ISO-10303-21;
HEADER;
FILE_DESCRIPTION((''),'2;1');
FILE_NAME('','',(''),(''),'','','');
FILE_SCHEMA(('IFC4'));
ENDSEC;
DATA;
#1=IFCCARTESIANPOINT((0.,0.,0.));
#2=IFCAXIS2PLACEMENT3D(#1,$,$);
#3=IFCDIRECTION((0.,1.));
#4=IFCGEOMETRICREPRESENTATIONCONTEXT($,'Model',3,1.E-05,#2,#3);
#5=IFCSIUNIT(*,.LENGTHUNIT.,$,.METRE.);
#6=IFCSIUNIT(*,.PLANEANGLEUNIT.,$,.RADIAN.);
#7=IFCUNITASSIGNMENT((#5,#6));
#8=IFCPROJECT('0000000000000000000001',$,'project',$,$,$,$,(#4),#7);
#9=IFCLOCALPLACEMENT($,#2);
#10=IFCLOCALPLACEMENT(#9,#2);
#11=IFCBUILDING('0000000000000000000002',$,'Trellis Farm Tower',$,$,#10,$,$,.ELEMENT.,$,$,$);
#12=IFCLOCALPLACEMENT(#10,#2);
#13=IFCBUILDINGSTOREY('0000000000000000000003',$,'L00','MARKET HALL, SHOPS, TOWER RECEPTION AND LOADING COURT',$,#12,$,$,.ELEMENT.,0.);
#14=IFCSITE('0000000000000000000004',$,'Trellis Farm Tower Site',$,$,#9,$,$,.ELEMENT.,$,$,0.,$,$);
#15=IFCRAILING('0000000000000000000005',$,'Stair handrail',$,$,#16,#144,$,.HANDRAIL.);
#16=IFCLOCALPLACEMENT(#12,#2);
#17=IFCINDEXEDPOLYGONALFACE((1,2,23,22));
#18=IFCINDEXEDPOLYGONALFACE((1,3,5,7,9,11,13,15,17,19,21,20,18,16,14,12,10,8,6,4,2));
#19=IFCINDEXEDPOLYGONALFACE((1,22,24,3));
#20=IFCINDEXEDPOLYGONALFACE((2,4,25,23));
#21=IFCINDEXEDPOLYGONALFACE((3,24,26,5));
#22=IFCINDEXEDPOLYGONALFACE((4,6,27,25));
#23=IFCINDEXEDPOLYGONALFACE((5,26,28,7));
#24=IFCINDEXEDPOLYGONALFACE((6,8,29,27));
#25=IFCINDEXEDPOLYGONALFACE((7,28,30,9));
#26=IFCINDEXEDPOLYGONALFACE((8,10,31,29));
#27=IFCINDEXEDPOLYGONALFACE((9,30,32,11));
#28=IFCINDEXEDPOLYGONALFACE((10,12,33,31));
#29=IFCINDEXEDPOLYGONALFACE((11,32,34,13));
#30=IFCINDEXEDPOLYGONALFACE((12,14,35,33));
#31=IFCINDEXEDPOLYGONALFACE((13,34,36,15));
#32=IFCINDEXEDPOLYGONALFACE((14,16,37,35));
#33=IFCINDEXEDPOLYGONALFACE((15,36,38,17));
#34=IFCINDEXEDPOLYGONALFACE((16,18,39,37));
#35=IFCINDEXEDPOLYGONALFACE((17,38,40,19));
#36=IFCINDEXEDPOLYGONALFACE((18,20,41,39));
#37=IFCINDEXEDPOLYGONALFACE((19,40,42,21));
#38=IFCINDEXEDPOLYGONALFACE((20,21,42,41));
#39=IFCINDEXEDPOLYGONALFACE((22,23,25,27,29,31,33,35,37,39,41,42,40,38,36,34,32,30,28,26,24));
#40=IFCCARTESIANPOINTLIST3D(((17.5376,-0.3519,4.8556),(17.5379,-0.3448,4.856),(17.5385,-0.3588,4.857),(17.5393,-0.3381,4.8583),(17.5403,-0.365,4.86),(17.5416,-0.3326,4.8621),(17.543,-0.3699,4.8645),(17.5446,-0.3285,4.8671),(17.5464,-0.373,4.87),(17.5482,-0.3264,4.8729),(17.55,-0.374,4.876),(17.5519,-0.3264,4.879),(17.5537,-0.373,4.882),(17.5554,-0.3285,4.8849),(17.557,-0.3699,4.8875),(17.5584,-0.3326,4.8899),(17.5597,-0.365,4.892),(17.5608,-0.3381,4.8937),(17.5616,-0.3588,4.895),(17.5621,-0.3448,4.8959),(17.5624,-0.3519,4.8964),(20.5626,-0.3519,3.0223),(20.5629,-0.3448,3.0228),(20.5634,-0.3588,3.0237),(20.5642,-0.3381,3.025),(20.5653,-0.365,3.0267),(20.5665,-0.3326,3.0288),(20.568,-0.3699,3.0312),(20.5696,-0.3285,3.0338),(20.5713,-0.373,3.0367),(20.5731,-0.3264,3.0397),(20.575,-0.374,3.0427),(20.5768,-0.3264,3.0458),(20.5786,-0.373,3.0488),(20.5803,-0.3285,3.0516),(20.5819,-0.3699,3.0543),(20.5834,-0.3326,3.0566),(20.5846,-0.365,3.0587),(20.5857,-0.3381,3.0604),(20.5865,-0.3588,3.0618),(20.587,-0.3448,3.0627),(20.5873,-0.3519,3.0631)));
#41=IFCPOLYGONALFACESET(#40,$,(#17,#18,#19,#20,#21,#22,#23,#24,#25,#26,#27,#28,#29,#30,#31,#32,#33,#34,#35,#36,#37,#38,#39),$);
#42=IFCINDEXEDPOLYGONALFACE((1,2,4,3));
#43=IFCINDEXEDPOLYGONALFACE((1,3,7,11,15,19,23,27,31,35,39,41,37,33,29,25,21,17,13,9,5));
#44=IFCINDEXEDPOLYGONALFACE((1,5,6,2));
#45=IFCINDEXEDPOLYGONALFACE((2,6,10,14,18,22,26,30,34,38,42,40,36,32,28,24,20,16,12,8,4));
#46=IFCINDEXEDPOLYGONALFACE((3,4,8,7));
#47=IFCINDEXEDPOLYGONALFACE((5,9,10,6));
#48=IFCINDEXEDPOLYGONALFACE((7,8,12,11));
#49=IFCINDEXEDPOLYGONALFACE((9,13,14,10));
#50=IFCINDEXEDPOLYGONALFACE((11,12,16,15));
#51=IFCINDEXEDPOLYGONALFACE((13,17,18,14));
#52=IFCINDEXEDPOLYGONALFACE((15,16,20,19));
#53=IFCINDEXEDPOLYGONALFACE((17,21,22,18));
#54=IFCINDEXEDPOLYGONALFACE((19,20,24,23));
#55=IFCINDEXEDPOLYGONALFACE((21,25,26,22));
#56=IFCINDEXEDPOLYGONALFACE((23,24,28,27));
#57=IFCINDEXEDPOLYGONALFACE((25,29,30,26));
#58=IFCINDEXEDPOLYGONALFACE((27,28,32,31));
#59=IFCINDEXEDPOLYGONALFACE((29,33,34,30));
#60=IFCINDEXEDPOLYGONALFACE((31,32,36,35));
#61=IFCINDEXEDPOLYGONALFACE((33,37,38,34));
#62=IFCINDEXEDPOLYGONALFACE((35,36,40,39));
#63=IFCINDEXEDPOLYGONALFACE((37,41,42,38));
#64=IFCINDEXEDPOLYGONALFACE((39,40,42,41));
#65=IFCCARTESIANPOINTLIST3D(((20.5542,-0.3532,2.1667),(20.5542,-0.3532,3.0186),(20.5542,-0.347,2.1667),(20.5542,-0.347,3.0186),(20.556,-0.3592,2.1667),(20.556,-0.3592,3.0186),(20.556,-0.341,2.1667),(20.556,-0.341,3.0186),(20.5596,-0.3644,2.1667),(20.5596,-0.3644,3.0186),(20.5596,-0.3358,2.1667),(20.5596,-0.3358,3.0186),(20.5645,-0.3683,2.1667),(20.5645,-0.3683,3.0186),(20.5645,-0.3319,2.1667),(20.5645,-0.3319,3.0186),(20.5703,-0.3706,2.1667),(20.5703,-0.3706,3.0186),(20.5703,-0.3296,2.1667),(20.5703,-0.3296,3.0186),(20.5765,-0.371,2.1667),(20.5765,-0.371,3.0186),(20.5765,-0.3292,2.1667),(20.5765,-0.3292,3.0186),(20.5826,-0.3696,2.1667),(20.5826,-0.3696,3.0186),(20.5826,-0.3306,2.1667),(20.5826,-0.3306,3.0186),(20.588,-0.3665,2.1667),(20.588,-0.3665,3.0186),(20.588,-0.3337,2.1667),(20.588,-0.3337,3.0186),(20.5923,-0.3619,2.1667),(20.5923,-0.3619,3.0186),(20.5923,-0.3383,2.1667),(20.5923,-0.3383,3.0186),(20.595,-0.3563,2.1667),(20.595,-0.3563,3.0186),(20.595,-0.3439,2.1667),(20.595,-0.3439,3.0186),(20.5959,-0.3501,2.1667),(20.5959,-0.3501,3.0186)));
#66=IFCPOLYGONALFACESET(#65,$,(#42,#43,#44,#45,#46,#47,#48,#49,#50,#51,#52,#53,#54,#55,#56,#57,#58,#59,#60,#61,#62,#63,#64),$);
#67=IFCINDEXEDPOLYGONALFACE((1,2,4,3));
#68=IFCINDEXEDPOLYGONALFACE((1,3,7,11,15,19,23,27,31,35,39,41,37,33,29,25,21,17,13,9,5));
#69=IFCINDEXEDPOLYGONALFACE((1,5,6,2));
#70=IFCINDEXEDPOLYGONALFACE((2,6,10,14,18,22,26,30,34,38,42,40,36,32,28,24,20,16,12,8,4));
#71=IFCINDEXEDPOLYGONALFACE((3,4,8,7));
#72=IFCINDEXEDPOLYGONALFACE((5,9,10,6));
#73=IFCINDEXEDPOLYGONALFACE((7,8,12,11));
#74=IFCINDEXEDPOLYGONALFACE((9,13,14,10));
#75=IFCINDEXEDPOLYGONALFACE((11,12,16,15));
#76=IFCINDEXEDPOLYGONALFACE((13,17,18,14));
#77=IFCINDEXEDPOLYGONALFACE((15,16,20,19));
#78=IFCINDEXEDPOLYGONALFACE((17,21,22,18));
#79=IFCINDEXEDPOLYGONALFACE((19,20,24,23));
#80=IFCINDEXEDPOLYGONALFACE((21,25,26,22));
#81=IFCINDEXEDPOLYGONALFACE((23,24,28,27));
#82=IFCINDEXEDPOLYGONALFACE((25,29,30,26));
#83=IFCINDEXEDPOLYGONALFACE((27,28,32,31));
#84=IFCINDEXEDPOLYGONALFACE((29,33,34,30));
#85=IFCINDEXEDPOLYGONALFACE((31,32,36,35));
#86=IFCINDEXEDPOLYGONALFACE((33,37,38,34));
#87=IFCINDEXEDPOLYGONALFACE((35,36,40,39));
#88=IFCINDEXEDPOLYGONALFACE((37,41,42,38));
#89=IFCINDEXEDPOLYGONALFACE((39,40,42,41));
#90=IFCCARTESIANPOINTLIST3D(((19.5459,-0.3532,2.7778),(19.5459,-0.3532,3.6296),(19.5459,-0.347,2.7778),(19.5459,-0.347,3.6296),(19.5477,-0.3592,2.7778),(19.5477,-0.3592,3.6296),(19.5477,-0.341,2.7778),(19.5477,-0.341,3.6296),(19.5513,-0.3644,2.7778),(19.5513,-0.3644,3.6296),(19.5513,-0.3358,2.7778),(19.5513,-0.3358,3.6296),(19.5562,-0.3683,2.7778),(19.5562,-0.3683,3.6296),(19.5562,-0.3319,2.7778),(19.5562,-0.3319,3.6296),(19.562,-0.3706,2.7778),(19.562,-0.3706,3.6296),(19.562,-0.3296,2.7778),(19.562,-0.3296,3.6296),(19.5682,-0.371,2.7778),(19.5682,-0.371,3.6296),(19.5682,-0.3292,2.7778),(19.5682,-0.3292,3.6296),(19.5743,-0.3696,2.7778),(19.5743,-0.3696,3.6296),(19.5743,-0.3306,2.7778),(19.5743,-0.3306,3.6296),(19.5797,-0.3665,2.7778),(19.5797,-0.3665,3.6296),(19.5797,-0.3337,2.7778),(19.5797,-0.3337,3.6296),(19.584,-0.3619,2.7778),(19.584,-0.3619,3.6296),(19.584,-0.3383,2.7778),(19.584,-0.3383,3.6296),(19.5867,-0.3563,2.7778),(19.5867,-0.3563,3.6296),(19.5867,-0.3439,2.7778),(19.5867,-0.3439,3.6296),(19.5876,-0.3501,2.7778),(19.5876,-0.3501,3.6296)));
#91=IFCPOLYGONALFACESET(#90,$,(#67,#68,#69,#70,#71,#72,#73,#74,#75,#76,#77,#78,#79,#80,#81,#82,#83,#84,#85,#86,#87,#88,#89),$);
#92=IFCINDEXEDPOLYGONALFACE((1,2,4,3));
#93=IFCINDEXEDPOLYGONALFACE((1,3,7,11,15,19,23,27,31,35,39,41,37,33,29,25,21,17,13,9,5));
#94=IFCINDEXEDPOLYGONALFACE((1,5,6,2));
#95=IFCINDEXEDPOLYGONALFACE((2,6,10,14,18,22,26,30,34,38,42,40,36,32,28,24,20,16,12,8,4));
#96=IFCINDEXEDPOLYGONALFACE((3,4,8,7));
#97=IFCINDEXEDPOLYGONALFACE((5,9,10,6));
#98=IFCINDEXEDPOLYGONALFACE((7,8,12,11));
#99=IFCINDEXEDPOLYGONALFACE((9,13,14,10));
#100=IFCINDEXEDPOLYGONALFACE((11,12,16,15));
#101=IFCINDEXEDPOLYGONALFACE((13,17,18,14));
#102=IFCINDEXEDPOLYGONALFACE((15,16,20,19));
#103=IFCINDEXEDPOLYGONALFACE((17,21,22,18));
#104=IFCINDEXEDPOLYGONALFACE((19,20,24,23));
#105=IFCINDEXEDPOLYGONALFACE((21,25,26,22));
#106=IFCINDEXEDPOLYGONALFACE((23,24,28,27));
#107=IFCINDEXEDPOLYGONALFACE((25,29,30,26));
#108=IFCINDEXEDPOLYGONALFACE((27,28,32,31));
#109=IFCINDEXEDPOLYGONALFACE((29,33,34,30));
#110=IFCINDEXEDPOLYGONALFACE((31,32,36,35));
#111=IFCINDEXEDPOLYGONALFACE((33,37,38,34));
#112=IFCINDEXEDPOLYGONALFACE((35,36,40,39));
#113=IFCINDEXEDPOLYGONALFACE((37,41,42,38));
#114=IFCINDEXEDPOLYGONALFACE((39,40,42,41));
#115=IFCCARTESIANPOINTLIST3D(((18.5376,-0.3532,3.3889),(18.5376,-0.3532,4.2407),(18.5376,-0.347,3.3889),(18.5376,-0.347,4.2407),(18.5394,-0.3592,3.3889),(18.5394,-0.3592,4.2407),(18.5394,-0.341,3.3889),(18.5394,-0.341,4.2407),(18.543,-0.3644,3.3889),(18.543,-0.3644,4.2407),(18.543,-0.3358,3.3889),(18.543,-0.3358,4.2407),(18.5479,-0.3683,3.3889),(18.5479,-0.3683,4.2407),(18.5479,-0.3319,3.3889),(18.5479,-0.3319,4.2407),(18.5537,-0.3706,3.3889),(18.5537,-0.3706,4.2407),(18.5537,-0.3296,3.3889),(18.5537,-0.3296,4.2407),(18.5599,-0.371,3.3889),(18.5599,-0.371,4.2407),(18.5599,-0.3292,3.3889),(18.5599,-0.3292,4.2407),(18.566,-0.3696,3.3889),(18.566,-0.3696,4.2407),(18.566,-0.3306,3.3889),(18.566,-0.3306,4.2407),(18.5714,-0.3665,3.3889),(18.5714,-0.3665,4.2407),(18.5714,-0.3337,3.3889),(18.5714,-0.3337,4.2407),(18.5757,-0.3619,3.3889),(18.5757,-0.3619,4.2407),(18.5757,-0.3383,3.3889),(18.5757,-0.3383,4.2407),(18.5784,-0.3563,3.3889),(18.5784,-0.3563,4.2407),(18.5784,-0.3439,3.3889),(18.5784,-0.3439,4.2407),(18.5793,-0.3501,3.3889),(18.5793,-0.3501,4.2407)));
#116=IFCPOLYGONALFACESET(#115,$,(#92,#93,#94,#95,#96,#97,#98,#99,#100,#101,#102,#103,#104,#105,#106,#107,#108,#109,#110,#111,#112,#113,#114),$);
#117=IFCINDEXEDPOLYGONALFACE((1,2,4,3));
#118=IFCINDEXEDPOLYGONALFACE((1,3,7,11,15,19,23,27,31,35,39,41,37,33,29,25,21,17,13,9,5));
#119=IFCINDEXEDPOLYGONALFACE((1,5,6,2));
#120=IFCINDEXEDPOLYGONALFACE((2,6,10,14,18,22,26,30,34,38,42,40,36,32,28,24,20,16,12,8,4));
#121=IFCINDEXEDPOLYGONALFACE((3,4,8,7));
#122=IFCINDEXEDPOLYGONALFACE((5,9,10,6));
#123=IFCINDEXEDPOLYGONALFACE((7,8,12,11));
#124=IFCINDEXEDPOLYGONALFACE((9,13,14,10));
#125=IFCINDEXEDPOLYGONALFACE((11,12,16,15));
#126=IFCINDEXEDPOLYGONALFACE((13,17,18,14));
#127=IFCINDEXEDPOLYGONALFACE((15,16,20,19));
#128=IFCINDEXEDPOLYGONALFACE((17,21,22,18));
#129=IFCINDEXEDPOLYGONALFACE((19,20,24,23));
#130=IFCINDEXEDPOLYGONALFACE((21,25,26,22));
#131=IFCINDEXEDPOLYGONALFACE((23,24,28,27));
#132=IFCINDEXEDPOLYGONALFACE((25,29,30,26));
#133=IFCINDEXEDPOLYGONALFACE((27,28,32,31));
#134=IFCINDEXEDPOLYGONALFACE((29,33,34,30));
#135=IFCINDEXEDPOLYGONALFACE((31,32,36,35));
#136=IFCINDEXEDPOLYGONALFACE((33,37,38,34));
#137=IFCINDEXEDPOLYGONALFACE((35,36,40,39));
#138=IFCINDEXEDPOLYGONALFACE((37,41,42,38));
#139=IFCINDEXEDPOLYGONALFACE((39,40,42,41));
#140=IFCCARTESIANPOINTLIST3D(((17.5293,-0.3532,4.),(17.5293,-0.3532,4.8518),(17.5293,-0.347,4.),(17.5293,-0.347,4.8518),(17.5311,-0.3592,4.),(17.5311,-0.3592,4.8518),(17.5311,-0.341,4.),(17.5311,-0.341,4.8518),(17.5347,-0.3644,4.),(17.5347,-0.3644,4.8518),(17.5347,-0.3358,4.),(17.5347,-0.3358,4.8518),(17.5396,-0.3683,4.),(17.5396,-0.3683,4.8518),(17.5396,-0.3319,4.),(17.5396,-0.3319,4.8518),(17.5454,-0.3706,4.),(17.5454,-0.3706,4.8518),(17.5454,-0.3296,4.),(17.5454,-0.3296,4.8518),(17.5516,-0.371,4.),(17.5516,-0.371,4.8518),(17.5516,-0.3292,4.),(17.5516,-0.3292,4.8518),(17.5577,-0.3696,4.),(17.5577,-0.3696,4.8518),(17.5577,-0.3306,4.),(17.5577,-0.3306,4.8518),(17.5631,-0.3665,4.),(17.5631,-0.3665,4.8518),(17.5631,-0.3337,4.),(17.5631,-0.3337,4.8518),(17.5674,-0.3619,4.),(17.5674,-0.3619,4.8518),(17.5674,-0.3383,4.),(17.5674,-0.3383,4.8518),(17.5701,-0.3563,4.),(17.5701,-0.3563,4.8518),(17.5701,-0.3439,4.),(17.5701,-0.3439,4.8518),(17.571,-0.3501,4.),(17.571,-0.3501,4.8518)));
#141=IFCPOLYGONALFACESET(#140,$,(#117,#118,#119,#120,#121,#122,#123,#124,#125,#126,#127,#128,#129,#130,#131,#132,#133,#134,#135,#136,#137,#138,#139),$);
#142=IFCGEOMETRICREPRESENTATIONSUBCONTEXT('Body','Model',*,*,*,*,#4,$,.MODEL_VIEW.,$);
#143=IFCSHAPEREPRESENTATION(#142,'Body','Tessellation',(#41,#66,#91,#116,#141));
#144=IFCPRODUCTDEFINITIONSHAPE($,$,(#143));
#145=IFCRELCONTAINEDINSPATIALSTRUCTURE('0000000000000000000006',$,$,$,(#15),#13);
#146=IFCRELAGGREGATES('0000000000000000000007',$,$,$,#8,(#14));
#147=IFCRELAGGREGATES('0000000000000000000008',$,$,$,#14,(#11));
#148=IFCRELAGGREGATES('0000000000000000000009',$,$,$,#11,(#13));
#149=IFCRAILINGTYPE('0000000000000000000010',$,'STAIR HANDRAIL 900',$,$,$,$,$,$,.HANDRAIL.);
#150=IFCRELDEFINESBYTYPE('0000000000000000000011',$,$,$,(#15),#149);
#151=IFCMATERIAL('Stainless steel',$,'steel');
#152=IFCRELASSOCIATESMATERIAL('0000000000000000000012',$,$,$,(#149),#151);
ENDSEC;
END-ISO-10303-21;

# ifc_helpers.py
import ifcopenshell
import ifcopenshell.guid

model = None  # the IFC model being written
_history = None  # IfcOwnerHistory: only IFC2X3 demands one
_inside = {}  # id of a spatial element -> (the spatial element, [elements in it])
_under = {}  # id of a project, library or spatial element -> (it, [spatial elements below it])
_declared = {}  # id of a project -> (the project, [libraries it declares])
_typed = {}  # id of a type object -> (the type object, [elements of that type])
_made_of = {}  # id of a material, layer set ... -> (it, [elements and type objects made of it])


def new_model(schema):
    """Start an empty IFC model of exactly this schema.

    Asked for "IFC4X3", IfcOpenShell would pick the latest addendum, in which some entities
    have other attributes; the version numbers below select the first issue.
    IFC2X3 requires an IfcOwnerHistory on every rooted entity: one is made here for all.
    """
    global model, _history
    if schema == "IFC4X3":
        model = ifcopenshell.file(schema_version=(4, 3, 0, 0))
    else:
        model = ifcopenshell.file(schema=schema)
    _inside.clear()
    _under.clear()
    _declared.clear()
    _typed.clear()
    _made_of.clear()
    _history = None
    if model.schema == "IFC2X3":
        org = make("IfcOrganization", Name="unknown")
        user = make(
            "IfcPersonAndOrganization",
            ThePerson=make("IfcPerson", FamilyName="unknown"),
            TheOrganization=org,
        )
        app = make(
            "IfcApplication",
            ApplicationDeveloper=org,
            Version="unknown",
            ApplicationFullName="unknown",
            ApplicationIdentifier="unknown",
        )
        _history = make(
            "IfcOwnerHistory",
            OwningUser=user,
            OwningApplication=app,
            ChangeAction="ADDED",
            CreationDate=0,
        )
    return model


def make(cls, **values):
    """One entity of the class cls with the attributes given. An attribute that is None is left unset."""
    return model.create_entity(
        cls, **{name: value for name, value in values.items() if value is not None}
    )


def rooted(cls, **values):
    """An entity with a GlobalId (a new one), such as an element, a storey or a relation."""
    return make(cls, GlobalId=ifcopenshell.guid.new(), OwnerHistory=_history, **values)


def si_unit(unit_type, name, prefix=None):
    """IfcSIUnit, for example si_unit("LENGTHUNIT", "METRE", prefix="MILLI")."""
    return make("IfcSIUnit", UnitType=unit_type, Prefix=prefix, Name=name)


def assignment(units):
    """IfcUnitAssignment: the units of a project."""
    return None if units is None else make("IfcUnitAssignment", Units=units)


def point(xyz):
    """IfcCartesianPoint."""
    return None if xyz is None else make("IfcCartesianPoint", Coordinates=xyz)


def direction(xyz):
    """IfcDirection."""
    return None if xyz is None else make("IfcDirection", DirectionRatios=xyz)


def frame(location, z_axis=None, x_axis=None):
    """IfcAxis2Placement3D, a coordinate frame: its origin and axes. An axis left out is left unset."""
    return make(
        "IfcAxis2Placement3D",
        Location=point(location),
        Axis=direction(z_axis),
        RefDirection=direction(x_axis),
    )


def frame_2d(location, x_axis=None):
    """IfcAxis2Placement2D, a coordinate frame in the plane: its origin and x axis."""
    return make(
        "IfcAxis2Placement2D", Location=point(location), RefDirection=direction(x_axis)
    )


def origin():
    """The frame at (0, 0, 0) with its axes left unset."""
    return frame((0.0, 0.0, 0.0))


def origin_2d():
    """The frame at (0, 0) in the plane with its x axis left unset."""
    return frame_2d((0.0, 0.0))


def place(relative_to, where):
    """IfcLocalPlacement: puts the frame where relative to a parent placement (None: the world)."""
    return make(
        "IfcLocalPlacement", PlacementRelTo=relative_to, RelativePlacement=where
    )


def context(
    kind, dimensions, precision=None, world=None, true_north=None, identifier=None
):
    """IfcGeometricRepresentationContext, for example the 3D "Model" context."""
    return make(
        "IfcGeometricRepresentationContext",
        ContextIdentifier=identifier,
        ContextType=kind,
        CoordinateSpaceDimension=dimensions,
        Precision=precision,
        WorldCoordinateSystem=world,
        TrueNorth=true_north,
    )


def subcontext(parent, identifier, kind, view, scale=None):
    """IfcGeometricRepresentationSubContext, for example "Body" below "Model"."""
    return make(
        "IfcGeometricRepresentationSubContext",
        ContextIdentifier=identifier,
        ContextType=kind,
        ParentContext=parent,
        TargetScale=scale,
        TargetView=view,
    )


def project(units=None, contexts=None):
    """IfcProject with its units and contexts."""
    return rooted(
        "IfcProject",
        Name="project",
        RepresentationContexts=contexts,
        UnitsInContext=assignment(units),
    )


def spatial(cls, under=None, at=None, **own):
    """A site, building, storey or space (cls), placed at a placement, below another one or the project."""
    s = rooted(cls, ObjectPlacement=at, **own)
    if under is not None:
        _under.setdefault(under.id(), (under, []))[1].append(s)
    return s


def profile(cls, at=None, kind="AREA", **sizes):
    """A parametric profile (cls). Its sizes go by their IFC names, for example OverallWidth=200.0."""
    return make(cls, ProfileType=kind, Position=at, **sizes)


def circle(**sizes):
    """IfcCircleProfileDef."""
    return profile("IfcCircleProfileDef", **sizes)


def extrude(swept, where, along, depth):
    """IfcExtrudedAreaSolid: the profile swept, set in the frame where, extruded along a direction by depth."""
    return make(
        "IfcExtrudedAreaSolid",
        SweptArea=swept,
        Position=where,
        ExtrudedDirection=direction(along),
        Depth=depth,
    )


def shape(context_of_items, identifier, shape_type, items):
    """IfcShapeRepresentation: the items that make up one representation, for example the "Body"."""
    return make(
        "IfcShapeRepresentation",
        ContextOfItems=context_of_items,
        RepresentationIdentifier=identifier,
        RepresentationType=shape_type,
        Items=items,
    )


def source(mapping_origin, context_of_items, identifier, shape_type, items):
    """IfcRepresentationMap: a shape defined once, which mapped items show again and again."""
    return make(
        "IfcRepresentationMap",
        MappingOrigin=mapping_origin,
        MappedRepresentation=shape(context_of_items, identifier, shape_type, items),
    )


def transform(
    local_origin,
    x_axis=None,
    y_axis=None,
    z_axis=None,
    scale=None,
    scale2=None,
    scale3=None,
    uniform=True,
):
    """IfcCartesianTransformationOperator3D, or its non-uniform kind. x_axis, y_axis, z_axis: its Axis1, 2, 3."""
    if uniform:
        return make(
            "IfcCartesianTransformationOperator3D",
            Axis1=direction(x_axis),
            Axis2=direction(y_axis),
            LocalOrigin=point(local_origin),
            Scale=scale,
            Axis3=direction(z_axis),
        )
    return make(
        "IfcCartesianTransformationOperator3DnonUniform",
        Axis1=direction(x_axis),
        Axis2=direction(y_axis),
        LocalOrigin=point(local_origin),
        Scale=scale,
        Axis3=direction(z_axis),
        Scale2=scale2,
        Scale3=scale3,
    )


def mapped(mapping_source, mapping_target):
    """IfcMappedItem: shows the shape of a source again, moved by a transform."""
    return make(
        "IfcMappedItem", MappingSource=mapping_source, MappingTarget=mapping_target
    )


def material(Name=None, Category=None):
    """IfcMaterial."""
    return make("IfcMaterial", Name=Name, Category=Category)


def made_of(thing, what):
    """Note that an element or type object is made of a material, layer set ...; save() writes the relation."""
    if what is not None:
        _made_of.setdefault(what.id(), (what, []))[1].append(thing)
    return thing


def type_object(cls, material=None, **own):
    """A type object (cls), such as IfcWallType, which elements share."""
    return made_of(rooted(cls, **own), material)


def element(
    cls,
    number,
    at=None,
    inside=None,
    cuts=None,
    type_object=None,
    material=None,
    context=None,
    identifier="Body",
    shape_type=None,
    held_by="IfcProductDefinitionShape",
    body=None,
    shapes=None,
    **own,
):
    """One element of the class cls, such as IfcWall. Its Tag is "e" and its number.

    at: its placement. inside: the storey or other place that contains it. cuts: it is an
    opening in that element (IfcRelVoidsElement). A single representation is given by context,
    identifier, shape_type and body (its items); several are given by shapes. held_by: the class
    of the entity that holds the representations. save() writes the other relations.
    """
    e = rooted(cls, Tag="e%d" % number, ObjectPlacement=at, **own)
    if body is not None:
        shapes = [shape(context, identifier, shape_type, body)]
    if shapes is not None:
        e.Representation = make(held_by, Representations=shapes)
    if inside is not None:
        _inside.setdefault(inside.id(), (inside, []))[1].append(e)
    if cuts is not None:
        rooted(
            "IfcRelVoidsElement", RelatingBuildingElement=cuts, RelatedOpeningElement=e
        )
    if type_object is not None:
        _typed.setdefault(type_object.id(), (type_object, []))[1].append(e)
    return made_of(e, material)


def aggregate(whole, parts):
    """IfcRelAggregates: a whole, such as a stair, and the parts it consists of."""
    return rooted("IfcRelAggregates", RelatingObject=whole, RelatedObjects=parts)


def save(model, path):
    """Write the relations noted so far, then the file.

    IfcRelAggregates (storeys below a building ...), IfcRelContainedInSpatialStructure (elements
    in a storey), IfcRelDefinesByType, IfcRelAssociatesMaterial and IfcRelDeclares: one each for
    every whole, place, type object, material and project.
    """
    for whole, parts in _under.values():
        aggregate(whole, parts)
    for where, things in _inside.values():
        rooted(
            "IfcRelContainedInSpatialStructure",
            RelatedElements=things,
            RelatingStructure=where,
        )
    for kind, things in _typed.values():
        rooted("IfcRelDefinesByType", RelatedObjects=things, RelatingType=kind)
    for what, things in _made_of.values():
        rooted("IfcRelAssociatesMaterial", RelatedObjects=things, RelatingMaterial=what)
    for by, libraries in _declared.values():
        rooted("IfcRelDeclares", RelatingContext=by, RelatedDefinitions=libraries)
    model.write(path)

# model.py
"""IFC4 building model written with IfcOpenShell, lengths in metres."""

from ifc_helpers import new_model, si_unit, direction, frame, origin, origin_2d, place, context, subcontext, project, spatial, circle, extrude, source, transform, mapped, material, type_object, element, save


model = new_model("IFC4")

# Units and contexts
model_context = context("Model", 3, precision=1e-05, world=origin(), true_north=direction((0.0, 1.0)))
body_context = subcontext(model_context, "Body", "Model", "MODEL_VIEW")
ifc_project = project(units=[si_unit("LENGTHUNIT", "METRE"), si_unit("PLANEANGLEUNIT", "RADIAN")], contexts=[model_context])

# Site, building, storey
site_placement = place(None, origin())
site = spatial("IfcSite", under=ifc_project, at=site_placement, Name="Trellis Farm Tower Site", CompositionType="ELEMENT", RefElevation=0.0)
building_placement = place(site_placement, origin())
building = spatial("IfcBuilding", under=site, at=building_placement, Name="Trellis Farm Tower", CompositionType="ELEMENT")
storey_placement = place(building_placement, origin())
storey = spatial("IfcBuildingStorey", under=building, at=storey_placement, Name="L00", Description="MARKET HALL, SHOPS, TOWER RECEPTION AND LOADING COURT", CompositionType="ELEMENT", Elevation=0.0)

# Railing
ifc_material_1 = material(Name="Stainless steel", Category="steel")
railing_type = type_object("IfcRailingType", Name="STAIR HANDRAIL 900", PredefinedType="HANDRAIL", material=ifc_material_1)
shared_shape_1 = source(origin(), body_context, "Body", "SweptSolid", [
    extrude(circle(Radius=0.0239, at=origin_2d()), frame((0.0, 0.0, 0.876), z_axis=(-0.855201, 0.0, 0.518297), x_axis=(0.0, -1.0, 0.0)), (0.0, 0.0, 1.0), 3.5371),
    extrude(circle(Radius=0.021, at=origin_2d()), origin(), (0.0, 0.0, 1.0), 0.8518),
    extrude(circle(Radius=0.021, at=origin_2d()), frame((-1.0083, 0.0, 0.6111)), (0.0, 0.0, 1.0), 0.8518),
    extrude(circle(Radius=0.021, at=origin_2d()), frame((-2.0166, 0.0, 1.2222)), (0.0, 0.0, 1.0), 0.8518),
    extrude(circle(Radius=0.021, at=origin_2d()), frame((-3.0249, 0.0, 1.8333)), (0.0, 0.0, 1.0), 0.8518),
])
for number, where, name in (
    (1, (20.575, -0.3501, 2.1667), "Stair handrail"),
):
    element("IfcRailing", number, at=place(storey_placement, frame(where)), inside=storey, type_object=railing_type, Name=name, PredefinedType="HANDRAIL", context=body_context, shape_type="MappedRepresentation", body=[
        mapped(shared_shape_1, transform((0.0, 0.0, 0.0))),
    ])

save(model, "model.ifc")
